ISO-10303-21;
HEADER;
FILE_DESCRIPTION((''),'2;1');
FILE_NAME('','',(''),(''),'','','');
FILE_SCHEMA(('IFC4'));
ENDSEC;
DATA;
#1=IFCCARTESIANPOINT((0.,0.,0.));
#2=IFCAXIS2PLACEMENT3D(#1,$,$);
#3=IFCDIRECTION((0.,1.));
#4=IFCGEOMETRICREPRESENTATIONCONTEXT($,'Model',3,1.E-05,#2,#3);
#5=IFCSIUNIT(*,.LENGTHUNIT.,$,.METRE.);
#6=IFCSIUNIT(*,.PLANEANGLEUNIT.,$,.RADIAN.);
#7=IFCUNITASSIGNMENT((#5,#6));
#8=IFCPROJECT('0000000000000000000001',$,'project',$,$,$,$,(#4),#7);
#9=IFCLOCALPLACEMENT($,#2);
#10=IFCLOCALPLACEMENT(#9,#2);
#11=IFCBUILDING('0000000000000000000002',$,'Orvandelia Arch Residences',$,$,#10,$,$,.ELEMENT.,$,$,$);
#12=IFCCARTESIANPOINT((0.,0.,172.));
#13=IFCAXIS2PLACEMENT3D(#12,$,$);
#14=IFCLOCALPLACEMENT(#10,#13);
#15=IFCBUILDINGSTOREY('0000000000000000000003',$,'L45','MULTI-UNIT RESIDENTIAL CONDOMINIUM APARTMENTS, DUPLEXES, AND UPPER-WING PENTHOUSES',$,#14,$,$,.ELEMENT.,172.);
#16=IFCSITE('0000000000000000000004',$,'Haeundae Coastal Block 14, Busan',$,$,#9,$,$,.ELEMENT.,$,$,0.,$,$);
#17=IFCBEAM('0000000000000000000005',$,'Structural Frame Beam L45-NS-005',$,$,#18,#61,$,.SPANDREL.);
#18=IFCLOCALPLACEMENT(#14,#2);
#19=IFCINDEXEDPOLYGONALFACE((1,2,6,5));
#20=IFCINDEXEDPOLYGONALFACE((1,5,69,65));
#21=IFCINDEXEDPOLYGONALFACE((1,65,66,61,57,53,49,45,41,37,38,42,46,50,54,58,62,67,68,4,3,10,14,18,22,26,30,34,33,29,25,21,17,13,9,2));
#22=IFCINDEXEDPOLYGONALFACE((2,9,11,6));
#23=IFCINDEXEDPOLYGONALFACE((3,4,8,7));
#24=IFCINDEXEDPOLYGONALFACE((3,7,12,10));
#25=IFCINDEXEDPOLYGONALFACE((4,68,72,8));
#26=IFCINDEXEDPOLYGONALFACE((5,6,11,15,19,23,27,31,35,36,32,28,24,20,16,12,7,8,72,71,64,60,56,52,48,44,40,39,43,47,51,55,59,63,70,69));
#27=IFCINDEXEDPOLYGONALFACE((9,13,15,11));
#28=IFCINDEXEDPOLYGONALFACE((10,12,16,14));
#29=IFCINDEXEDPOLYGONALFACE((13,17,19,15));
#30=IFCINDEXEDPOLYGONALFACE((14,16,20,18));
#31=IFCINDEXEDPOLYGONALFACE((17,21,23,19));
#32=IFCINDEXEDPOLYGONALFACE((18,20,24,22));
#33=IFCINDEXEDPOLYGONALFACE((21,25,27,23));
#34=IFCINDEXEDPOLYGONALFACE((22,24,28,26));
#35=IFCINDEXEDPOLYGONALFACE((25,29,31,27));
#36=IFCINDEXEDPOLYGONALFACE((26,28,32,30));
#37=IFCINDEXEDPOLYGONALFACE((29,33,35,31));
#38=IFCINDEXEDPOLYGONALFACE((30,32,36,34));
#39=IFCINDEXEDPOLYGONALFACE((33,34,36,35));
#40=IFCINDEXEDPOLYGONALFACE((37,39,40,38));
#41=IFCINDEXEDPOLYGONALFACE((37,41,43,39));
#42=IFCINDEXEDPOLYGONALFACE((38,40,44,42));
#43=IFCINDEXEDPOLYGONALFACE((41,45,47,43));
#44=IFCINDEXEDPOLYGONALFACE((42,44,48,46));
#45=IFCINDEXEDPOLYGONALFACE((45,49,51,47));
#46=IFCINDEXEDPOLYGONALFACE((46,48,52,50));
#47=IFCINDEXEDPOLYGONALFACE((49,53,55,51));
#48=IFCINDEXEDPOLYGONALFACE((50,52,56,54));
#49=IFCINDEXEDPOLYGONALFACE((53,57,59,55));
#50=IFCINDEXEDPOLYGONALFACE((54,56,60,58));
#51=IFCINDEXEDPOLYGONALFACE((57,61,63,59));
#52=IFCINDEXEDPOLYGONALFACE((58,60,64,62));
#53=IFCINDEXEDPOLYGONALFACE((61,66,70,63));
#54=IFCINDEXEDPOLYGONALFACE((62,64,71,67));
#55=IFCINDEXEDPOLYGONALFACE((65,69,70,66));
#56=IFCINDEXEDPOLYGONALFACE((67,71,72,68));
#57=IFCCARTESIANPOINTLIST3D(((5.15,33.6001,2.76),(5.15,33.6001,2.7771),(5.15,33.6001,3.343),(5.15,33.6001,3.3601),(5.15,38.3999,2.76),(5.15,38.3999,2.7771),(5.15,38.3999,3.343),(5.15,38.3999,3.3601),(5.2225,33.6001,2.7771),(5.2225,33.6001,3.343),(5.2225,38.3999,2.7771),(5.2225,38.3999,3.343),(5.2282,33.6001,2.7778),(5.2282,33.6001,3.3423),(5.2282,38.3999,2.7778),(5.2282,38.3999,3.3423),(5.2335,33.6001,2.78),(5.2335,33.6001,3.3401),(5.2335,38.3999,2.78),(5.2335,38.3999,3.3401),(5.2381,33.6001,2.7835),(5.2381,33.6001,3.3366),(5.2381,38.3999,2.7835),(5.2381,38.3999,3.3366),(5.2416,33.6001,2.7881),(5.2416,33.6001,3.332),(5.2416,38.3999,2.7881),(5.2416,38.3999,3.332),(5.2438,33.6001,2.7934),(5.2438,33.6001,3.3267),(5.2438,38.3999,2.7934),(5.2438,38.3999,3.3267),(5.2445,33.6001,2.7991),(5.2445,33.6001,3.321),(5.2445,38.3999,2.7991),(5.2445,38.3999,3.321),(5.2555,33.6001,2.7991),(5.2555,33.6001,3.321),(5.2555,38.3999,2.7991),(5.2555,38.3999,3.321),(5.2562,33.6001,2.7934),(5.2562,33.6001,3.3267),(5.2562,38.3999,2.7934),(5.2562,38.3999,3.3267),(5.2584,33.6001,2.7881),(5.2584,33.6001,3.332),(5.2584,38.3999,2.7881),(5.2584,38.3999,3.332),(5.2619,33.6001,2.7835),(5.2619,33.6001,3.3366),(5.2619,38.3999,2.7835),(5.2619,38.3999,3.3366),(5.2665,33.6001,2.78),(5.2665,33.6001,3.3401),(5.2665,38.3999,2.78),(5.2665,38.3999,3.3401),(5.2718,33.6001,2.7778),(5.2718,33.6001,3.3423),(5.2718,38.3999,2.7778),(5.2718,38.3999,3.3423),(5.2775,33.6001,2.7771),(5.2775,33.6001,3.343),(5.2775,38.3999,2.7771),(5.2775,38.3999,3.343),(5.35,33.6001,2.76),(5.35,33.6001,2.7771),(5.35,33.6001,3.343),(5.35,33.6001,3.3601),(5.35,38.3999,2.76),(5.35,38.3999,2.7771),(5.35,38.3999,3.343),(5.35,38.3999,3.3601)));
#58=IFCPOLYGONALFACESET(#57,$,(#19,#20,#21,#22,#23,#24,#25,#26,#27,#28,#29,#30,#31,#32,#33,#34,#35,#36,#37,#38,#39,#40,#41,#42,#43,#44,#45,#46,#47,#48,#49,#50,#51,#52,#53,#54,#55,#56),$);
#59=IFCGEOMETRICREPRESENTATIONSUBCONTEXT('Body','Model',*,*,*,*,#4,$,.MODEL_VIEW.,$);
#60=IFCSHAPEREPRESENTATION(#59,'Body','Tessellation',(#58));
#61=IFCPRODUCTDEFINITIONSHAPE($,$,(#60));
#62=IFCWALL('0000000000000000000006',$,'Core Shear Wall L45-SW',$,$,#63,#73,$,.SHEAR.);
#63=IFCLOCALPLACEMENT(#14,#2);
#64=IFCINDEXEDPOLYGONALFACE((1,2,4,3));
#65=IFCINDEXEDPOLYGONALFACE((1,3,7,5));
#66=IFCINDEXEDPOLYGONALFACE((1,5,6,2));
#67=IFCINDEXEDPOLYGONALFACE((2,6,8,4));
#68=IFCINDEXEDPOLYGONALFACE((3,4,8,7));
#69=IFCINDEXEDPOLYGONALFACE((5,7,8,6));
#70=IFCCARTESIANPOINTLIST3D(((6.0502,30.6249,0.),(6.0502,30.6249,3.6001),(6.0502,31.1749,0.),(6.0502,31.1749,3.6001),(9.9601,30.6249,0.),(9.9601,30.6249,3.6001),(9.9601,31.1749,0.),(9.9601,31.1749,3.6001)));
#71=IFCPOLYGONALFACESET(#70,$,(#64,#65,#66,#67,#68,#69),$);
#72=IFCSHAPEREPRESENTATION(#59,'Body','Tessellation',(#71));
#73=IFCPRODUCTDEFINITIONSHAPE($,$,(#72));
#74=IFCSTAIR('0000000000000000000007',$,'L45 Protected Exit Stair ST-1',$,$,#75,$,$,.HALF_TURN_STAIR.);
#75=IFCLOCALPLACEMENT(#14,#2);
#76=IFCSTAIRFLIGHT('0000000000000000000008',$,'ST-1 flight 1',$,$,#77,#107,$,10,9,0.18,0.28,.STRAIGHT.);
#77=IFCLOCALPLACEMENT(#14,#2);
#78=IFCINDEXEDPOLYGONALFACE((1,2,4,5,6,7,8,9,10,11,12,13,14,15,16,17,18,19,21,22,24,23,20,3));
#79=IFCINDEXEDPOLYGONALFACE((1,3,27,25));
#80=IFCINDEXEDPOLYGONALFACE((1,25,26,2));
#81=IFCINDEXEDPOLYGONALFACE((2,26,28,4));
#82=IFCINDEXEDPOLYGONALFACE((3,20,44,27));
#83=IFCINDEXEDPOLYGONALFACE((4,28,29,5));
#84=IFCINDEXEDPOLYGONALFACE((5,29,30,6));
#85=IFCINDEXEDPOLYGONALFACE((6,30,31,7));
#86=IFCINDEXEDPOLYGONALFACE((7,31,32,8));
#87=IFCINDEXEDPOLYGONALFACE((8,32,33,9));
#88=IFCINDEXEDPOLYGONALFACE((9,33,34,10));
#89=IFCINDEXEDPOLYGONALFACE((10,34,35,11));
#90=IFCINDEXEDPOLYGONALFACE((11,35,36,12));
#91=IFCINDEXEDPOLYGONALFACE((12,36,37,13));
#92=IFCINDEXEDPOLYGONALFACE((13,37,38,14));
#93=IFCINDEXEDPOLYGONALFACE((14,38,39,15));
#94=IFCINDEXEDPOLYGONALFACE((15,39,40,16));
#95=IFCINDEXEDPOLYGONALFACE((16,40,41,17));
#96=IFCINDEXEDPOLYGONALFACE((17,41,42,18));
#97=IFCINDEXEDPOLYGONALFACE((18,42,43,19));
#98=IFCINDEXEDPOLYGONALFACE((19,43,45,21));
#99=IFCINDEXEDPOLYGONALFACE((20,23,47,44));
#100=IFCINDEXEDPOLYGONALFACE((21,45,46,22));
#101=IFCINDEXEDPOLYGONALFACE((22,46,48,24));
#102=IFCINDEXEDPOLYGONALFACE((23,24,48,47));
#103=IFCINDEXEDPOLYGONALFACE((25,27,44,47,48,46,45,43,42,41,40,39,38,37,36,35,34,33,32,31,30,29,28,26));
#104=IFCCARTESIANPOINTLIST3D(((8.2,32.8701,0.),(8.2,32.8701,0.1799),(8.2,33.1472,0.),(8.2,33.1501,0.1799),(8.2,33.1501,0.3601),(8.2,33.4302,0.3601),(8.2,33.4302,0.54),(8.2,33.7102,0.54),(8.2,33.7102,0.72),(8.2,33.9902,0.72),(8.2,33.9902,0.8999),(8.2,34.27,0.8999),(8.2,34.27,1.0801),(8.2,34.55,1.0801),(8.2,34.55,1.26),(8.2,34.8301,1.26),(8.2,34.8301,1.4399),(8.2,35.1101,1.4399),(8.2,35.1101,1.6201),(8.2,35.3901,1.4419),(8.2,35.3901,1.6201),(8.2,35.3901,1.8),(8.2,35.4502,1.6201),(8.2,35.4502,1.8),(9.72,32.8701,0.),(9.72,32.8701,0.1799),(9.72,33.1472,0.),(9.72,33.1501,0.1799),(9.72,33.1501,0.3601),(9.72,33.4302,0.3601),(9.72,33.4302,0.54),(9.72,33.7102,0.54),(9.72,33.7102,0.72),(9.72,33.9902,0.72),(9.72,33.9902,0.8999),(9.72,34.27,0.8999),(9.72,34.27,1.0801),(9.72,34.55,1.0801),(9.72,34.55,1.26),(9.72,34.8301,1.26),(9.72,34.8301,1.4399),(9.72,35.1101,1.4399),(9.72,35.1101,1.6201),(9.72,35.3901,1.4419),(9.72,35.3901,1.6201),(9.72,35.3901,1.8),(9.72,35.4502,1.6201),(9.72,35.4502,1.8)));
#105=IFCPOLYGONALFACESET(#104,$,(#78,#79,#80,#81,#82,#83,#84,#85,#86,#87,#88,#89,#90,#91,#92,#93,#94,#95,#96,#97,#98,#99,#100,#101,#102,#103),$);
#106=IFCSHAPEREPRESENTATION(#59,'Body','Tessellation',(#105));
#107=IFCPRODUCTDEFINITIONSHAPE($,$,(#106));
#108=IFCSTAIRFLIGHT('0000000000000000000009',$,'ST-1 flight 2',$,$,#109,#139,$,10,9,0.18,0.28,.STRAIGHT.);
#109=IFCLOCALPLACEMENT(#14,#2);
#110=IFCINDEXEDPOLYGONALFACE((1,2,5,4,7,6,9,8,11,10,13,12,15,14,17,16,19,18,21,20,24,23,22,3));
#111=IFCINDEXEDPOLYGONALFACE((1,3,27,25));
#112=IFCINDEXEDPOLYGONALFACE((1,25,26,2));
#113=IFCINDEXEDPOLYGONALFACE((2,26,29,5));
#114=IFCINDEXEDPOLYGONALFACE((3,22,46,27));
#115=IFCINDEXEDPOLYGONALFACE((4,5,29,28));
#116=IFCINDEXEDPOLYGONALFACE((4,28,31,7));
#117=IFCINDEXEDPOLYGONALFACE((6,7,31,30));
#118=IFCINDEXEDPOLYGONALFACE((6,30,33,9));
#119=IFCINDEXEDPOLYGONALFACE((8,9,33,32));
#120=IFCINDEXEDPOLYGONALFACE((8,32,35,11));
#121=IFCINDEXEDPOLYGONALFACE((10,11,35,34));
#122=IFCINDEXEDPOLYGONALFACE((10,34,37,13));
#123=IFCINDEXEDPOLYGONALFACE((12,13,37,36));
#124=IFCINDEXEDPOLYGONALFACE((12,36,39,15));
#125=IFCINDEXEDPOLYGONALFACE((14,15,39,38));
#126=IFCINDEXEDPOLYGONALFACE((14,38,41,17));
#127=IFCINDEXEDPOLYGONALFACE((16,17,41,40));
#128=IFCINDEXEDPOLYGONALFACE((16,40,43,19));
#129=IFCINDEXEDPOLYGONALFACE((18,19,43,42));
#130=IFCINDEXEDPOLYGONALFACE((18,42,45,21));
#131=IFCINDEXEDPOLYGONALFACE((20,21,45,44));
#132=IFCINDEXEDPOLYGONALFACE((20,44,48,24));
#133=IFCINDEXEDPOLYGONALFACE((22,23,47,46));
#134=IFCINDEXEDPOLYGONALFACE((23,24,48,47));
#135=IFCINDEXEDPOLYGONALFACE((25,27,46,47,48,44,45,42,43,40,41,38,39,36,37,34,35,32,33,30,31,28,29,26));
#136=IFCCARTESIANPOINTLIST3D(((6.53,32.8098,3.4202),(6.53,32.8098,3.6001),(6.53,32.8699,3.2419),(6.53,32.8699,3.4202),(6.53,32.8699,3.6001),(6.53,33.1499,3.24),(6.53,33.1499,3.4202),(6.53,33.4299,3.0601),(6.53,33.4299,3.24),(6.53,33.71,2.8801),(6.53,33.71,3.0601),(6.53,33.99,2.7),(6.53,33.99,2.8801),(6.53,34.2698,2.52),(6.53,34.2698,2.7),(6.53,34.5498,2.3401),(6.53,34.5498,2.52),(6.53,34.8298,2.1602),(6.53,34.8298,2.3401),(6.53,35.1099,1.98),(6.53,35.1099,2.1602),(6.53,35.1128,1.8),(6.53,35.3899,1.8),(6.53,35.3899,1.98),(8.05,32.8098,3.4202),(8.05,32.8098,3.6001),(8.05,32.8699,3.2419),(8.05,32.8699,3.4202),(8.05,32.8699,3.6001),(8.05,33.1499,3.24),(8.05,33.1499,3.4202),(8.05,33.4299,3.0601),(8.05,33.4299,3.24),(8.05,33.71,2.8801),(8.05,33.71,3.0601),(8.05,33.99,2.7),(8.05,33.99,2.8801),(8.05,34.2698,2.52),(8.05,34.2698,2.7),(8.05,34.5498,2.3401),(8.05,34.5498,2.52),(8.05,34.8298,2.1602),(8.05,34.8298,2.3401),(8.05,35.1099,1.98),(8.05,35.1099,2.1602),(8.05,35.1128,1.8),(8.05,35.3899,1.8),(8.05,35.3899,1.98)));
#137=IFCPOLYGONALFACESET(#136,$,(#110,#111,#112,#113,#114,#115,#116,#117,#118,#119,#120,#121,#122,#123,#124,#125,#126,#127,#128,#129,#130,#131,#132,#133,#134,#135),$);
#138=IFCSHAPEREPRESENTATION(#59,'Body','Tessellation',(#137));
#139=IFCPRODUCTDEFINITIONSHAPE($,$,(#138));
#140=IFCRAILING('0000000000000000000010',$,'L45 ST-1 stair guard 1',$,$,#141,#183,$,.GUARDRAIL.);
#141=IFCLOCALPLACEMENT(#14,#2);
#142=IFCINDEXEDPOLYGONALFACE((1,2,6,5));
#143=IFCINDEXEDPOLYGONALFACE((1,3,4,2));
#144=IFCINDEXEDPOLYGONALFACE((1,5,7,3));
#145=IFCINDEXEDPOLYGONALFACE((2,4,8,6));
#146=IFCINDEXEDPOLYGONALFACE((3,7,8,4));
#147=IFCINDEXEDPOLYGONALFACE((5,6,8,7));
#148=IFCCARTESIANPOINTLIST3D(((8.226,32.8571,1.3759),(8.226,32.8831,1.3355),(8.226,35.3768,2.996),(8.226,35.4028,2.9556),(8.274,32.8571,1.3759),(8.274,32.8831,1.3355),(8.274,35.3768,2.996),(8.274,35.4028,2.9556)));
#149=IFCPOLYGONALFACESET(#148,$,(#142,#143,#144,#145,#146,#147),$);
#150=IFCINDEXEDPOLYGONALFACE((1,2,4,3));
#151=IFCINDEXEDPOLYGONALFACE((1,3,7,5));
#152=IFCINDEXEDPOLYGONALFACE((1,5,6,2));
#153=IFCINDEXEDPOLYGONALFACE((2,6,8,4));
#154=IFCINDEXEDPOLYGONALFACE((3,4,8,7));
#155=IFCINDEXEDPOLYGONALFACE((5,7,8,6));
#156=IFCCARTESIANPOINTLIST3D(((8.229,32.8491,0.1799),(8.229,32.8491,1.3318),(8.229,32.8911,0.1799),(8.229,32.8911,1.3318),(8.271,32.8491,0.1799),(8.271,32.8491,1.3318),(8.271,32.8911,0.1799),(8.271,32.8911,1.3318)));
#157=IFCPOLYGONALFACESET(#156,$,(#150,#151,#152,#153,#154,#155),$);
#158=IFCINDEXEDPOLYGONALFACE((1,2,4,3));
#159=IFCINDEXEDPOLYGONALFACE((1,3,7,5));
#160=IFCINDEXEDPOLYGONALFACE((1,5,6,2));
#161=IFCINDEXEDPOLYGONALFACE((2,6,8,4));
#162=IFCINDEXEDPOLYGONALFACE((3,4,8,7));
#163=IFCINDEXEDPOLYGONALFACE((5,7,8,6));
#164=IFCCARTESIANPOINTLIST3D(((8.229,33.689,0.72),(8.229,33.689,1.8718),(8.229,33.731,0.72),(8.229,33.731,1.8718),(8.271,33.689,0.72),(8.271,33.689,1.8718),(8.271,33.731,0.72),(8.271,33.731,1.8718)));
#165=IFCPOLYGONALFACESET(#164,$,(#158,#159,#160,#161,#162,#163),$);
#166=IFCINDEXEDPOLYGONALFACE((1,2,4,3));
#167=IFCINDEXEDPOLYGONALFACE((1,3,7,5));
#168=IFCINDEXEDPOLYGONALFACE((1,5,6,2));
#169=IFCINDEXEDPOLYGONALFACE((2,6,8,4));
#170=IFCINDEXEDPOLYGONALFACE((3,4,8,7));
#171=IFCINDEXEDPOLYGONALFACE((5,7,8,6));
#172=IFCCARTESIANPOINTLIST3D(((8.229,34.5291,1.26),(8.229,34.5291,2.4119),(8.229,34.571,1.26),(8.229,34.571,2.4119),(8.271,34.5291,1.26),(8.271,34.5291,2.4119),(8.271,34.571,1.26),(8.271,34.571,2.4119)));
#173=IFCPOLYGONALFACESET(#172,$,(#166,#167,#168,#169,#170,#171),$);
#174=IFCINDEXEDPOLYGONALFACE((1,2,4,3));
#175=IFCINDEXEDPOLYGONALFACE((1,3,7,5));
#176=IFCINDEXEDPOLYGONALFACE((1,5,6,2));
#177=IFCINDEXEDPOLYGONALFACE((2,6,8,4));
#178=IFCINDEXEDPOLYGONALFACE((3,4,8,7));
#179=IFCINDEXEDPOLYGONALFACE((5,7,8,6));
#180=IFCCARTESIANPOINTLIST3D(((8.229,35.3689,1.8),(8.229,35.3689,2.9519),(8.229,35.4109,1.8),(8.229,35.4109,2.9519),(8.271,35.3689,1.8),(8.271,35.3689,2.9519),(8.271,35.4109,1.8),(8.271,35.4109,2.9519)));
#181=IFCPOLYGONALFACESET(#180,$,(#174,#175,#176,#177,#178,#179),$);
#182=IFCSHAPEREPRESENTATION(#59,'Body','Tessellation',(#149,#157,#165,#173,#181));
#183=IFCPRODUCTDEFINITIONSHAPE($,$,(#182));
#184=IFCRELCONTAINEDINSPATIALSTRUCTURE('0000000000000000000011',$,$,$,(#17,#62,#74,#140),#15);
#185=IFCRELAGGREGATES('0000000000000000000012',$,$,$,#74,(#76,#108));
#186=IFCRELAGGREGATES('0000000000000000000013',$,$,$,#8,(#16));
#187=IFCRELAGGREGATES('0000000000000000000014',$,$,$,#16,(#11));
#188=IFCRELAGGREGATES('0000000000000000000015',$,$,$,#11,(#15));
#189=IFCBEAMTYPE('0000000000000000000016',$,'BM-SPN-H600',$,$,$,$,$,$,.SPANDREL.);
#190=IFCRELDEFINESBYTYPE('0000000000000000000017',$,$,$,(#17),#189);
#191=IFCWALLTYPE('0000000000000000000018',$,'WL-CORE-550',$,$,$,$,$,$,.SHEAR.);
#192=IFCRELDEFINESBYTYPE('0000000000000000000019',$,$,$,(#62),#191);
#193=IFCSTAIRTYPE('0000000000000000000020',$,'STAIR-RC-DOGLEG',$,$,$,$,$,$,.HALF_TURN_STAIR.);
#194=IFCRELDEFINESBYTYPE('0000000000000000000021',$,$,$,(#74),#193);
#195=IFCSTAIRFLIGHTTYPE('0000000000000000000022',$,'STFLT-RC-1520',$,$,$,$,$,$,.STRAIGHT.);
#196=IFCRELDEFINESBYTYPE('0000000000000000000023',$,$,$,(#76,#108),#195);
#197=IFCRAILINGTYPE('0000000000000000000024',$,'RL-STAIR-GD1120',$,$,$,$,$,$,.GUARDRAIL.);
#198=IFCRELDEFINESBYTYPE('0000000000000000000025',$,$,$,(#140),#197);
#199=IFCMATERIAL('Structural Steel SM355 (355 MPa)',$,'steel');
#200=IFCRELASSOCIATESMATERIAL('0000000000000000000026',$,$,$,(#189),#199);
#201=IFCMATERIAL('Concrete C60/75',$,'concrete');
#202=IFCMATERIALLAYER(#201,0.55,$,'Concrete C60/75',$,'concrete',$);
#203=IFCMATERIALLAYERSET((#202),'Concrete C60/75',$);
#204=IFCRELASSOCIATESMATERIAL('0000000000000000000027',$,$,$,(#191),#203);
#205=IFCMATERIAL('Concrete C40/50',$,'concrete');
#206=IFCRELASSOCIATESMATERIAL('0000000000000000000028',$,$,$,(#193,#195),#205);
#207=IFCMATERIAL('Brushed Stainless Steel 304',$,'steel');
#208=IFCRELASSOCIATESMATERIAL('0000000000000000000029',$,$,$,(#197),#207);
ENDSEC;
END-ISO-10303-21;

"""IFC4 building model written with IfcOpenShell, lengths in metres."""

from ifc_helpers import new_model, si_unit, direction, frame, frame_2d, origin, origin_2d, place, context, subcontext, project, spatial, polyline, rectangle, i_section, outline, extrude, material, layer, layer_set, material_profile, profile_set, type_object, element, aggregate, save


model = new_model("IFC4")

# Units and contexts
model_context = context("Model", 3, precision=1e-05, world=origin(), true_north=direction((0.0, 1.0)))
body_context = subcontext(model_context, "Body", "Model", "MODEL_VIEW")
ifc_project = project(units=[si_unit("LENGTHUNIT", "METRE"), si_unit("PLANEANGLEUNIT", "RADIAN")], contexts=[model_context])

# Site, building, storey
site_placement = place(None, origin())
site = spatial("IfcSite", under=ifc_project, at=site_placement, Name="Haeundae Coastal Block 14, Busan", CompositionType="ELEMENT", RefElevation=0.0)
building_placement = place(site_placement, origin())
building = spatial("IfcBuilding", under=site, at=building_placement, Name="Orvandelia Arch Residences", CompositionType="ELEMENT")
storey_placement = place(building_placement, frame((0.0, 0.0, 172.0)))
storey = spatial("IfcBuildingStorey", under=building, at=storey_placement, Name="L45", Description="MULTI-UNIT RESIDENTIAL CONDOMINIUM APARTMENTS, DUPLEXES, AND UPPER-WING PENTHOUSES", CompositionType="ELEMENT", Elevation=172.0)

# Shared definitions
ifc_material_1 = material(Name="Concrete C60/75", Category="concrete")

# Beam
ifc_material_2 = material(Name="Structural Steel SM355 (355 MPa)", Category="steel")
ifc_material_profile_1 = material_profile(ifc_material_2, i_section(OverallWidth=0.2, OverallDepth=0.6001, WebThickness=0.011, FlangeThickness=0.0171, FilletRadius=0.022, at=origin_2d()), Name="Structural Steel SM355 (355 MPa)", Category="steel")
ifc_profile_set_1 = profile_set([ifc_material_profile_1], Name="Structural Steel SM355 (355 MPa)")
beam_type_1 = type_object("IfcBeamType", Name="BM-SPN-H600", PredefinedType="SPANDREL", material=ifc_profile_set_1)
beam_1_placement = place(storey_placement, frame((5.25, 33.6001, 3.0601), z_axis=(0.0, 1.0, 0.0), x_axis=(-1.0, 0.0, 0.0)))
element("IfcBeam", 1, at=beam_1_placement, inside=storey, type_object=beam_type_1, Name="Structural Frame Beam L45-NS-005", PredefinedType="SPANDREL", context=body_context, shape_type="SweptSolid", body=[
    extrude(i_section(OverallWidth=0.2, OverallDepth=0.6001, WebThickness=0.011, FlangeThickness=0.0171, FilletRadius=0.022, at=origin_2d()), origin(), (0.0, 0.0, 1.0), 4.7998),
])

# Wall
ifc_layer = layer(ifc_material_1, 0.55, Name="Concrete C60/75", Category="concrete")
ifc_layer_set = layer_set([ifc_layer], Name="Concrete C60/75")
wall_type = type_object("IfcWallType", Name="WL-CORE-550", PredefinedType="SHEAR", material=ifc_layer_set)
wall_1_placement = place(storey_placement, frame((6.05, 30.8999, 0.0), z_axis=(0.0, 0.0, 1.0), x_axis=(1.0, 0.0, 0.0)))
element("IfcWall", 2, at=wall_1_placement, inside=storey, type_object=wall_type, Name="Core Shear Wall L45-SW", PredefinedType="SHEAR", context=body_context, shape_type="SweptSolid", body=[
    extrude(rectangle(XDim=3.9099, YDim=0.55, at=frame_2d((1.9551, 0.0))), origin(), (0.0, 0.0, 1.0), 3.6001),
])

# Stair, stair flights
ifc_material_3 = material(Name="Concrete C40/50", Category="concrete")
stair_type = type_object("IfcStairType", Name="STAIR-RC-DOGLEG", PredefinedType="HALF_TURN_STAIR", material=ifc_material_3)
stair_placement = place(storey_placement, origin())
stair = element("IfcStair", 3, at=stair_placement, inside=storey, type_object=stair_type, Name="L45 Protected Exit Stair ST-1", PredefinedType="HALF_TURN_STAIR")
stair_flight_type = type_object("IfcStairFlightType", Name="STFLT-RC-1520", PredefinedType="STRAIGHT", material=ifc_material_3)
stair_flight_1_placement = place(storey_placement, frame((8.96, 32.8701, 0.0), z_axis=(0.0, 0.0, 1.0), x_axis=(0.0, 1.0, 0.0)))
stair_flight_1 = element("IfcStairFlight", 4, at=stair_flight_1_placement, type_object=stair_flight_type, Name="ST-1 flight 1", NumberOfRisers=10, NumberOfTreads=9, PredefinedType="STRAIGHT", RiserHeight=0.18, TreadLength=0.28, context=body_context, shape_type="SweptSolid", body=[
    extrude(outline(polyline([(0.0, 0.0), (0.0, 0.1799), (0.28, 0.1799), (0.28, 0.3601), (0.5601, 0.3601), (0.5601, 0.54), (0.8401, 0.54), (0.8401, 0.72), (1.1201, 0.72), (1.1201, 0.8999), (1.3999, 0.8999), (1.3999, 1.0801), (1.6799, 1.0801), (1.6799, 1.26), (1.96, 1.26), (1.96, 1.4399), (2.24, 1.4399), (2.24, 1.6201), (2.52, 1.6201), (2.52, 1.8), (2.5801, 1.8), (2.5801, 1.6201), (2.52, 1.4419), (0.2771, 0.0), (0.0, 0.0)])), frame((0.0, 0.76, 0.0), z_axis=(0.0, -1.0, 0.0), x_axis=(1.0, 0.0, 0.0)), (0.0, 0.0, 1.0), 1.52),
])
stair_flight_2_placement = place(storey_placement, frame((7.29, 35.3899, 1.8), z_axis=(0.0, 0.0, 1.0), x_axis=(0.0, -1.0, 0.0)))
stair_flight_2 = element("IfcStairFlight", 5, at=stair_flight_2_placement, type_object=stair_flight_type, Name="ST-1 flight 2", NumberOfRisers=10, NumberOfTreads=9, PredefinedType="STRAIGHT", RiserHeight=0.18, TreadLength=0.28, context=body_context, shape_type="SweptSolid", body=[
    extrude(outline(polyline([(0.0, 0.0), (0.0, 0.1799), (0.28, 0.1799), (0.28, 0.3601), (0.5601, 0.3601), (0.5601, 0.54), (0.8401, 0.54), (0.8401, 0.72), (1.1201, 0.72), (1.1201, 0.8999), (1.3999, 0.8999), (1.3999, 1.0801), (1.6799, 1.0801), (1.6799, 1.26), (1.96, 1.26), (1.96, 1.4399), (2.24, 1.4399), (2.24, 1.6201), (2.52, 1.6201), (2.52, 1.8), (2.5801, 1.8), (2.5801, 1.6201), (2.52, 1.4419), (0.2771, 0.0), (0.0, 0.0)])), frame((0.0, 0.76, 0.0), z_axis=(0.0, -1.0, 0.0), x_axis=(1.0, 0.0, 0.0)), (0.0, 0.0, 1.0), 1.52),
])
aggregate(stair, [stair_flight_1, stair_flight_2])

# Railing
ifc_material_4 = material(Name="Brushed Stainless Steel 304", Category="steel")
railing_type_1 = type_object("IfcRailingType", Name="RL-STAIR-GD1120", PredefinedType="GUARDRAIL", material=ifc_material_4)
railing_1_placement = place(storey_placement, frame((8.25, 32.8701, 0.1799)))
element("IfcRailing", 6, at=railing_1_placement, inside=storey, type_object=railing_type_1, Name="L45 ST-1 stair guard 1", PredefinedType="GUARDRAIL", context=body_context, shape_type="SweptSolid", body=[
    extrude(rectangle(XDim=0.0481, YDim=0.0481, at=origin_2d()), frame((0.0, 0.0, 1.1758), z_axis=(0.0, 0.841139, 0.540819), x_axis=(-1.0, 0.0, 0.0)), (0.0, 0.0, 1.0), 2.9956),
    extrude(rectangle(XDim=0.042, YDim=0.042, at=origin_2d()), origin(), (0.0, 0.0, 1.0), 1.1519),
    extrude(rectangle(XDim=0.042, YDim=0.042, at=origin_2d()), frame((0.0, 0.8398, 0.54)), (0.0, 0.0, 1.0), 1.1519),
    extrude(rectangle(XDim=0.042, YDim=0.042, at=origin_2d()), frame((0.0, 1.6799, 1.0801)), (0.0, 0.0, 1.0), 1.1519),
    extrude(rectangle(XDim=0.042, YDim=0.042, at=origin_2d()), frame((0.0, 2.5198, 1.6201)), (0.0, 0.0, 1.0), 1.1519),
])

save(model, "model.ifc")
